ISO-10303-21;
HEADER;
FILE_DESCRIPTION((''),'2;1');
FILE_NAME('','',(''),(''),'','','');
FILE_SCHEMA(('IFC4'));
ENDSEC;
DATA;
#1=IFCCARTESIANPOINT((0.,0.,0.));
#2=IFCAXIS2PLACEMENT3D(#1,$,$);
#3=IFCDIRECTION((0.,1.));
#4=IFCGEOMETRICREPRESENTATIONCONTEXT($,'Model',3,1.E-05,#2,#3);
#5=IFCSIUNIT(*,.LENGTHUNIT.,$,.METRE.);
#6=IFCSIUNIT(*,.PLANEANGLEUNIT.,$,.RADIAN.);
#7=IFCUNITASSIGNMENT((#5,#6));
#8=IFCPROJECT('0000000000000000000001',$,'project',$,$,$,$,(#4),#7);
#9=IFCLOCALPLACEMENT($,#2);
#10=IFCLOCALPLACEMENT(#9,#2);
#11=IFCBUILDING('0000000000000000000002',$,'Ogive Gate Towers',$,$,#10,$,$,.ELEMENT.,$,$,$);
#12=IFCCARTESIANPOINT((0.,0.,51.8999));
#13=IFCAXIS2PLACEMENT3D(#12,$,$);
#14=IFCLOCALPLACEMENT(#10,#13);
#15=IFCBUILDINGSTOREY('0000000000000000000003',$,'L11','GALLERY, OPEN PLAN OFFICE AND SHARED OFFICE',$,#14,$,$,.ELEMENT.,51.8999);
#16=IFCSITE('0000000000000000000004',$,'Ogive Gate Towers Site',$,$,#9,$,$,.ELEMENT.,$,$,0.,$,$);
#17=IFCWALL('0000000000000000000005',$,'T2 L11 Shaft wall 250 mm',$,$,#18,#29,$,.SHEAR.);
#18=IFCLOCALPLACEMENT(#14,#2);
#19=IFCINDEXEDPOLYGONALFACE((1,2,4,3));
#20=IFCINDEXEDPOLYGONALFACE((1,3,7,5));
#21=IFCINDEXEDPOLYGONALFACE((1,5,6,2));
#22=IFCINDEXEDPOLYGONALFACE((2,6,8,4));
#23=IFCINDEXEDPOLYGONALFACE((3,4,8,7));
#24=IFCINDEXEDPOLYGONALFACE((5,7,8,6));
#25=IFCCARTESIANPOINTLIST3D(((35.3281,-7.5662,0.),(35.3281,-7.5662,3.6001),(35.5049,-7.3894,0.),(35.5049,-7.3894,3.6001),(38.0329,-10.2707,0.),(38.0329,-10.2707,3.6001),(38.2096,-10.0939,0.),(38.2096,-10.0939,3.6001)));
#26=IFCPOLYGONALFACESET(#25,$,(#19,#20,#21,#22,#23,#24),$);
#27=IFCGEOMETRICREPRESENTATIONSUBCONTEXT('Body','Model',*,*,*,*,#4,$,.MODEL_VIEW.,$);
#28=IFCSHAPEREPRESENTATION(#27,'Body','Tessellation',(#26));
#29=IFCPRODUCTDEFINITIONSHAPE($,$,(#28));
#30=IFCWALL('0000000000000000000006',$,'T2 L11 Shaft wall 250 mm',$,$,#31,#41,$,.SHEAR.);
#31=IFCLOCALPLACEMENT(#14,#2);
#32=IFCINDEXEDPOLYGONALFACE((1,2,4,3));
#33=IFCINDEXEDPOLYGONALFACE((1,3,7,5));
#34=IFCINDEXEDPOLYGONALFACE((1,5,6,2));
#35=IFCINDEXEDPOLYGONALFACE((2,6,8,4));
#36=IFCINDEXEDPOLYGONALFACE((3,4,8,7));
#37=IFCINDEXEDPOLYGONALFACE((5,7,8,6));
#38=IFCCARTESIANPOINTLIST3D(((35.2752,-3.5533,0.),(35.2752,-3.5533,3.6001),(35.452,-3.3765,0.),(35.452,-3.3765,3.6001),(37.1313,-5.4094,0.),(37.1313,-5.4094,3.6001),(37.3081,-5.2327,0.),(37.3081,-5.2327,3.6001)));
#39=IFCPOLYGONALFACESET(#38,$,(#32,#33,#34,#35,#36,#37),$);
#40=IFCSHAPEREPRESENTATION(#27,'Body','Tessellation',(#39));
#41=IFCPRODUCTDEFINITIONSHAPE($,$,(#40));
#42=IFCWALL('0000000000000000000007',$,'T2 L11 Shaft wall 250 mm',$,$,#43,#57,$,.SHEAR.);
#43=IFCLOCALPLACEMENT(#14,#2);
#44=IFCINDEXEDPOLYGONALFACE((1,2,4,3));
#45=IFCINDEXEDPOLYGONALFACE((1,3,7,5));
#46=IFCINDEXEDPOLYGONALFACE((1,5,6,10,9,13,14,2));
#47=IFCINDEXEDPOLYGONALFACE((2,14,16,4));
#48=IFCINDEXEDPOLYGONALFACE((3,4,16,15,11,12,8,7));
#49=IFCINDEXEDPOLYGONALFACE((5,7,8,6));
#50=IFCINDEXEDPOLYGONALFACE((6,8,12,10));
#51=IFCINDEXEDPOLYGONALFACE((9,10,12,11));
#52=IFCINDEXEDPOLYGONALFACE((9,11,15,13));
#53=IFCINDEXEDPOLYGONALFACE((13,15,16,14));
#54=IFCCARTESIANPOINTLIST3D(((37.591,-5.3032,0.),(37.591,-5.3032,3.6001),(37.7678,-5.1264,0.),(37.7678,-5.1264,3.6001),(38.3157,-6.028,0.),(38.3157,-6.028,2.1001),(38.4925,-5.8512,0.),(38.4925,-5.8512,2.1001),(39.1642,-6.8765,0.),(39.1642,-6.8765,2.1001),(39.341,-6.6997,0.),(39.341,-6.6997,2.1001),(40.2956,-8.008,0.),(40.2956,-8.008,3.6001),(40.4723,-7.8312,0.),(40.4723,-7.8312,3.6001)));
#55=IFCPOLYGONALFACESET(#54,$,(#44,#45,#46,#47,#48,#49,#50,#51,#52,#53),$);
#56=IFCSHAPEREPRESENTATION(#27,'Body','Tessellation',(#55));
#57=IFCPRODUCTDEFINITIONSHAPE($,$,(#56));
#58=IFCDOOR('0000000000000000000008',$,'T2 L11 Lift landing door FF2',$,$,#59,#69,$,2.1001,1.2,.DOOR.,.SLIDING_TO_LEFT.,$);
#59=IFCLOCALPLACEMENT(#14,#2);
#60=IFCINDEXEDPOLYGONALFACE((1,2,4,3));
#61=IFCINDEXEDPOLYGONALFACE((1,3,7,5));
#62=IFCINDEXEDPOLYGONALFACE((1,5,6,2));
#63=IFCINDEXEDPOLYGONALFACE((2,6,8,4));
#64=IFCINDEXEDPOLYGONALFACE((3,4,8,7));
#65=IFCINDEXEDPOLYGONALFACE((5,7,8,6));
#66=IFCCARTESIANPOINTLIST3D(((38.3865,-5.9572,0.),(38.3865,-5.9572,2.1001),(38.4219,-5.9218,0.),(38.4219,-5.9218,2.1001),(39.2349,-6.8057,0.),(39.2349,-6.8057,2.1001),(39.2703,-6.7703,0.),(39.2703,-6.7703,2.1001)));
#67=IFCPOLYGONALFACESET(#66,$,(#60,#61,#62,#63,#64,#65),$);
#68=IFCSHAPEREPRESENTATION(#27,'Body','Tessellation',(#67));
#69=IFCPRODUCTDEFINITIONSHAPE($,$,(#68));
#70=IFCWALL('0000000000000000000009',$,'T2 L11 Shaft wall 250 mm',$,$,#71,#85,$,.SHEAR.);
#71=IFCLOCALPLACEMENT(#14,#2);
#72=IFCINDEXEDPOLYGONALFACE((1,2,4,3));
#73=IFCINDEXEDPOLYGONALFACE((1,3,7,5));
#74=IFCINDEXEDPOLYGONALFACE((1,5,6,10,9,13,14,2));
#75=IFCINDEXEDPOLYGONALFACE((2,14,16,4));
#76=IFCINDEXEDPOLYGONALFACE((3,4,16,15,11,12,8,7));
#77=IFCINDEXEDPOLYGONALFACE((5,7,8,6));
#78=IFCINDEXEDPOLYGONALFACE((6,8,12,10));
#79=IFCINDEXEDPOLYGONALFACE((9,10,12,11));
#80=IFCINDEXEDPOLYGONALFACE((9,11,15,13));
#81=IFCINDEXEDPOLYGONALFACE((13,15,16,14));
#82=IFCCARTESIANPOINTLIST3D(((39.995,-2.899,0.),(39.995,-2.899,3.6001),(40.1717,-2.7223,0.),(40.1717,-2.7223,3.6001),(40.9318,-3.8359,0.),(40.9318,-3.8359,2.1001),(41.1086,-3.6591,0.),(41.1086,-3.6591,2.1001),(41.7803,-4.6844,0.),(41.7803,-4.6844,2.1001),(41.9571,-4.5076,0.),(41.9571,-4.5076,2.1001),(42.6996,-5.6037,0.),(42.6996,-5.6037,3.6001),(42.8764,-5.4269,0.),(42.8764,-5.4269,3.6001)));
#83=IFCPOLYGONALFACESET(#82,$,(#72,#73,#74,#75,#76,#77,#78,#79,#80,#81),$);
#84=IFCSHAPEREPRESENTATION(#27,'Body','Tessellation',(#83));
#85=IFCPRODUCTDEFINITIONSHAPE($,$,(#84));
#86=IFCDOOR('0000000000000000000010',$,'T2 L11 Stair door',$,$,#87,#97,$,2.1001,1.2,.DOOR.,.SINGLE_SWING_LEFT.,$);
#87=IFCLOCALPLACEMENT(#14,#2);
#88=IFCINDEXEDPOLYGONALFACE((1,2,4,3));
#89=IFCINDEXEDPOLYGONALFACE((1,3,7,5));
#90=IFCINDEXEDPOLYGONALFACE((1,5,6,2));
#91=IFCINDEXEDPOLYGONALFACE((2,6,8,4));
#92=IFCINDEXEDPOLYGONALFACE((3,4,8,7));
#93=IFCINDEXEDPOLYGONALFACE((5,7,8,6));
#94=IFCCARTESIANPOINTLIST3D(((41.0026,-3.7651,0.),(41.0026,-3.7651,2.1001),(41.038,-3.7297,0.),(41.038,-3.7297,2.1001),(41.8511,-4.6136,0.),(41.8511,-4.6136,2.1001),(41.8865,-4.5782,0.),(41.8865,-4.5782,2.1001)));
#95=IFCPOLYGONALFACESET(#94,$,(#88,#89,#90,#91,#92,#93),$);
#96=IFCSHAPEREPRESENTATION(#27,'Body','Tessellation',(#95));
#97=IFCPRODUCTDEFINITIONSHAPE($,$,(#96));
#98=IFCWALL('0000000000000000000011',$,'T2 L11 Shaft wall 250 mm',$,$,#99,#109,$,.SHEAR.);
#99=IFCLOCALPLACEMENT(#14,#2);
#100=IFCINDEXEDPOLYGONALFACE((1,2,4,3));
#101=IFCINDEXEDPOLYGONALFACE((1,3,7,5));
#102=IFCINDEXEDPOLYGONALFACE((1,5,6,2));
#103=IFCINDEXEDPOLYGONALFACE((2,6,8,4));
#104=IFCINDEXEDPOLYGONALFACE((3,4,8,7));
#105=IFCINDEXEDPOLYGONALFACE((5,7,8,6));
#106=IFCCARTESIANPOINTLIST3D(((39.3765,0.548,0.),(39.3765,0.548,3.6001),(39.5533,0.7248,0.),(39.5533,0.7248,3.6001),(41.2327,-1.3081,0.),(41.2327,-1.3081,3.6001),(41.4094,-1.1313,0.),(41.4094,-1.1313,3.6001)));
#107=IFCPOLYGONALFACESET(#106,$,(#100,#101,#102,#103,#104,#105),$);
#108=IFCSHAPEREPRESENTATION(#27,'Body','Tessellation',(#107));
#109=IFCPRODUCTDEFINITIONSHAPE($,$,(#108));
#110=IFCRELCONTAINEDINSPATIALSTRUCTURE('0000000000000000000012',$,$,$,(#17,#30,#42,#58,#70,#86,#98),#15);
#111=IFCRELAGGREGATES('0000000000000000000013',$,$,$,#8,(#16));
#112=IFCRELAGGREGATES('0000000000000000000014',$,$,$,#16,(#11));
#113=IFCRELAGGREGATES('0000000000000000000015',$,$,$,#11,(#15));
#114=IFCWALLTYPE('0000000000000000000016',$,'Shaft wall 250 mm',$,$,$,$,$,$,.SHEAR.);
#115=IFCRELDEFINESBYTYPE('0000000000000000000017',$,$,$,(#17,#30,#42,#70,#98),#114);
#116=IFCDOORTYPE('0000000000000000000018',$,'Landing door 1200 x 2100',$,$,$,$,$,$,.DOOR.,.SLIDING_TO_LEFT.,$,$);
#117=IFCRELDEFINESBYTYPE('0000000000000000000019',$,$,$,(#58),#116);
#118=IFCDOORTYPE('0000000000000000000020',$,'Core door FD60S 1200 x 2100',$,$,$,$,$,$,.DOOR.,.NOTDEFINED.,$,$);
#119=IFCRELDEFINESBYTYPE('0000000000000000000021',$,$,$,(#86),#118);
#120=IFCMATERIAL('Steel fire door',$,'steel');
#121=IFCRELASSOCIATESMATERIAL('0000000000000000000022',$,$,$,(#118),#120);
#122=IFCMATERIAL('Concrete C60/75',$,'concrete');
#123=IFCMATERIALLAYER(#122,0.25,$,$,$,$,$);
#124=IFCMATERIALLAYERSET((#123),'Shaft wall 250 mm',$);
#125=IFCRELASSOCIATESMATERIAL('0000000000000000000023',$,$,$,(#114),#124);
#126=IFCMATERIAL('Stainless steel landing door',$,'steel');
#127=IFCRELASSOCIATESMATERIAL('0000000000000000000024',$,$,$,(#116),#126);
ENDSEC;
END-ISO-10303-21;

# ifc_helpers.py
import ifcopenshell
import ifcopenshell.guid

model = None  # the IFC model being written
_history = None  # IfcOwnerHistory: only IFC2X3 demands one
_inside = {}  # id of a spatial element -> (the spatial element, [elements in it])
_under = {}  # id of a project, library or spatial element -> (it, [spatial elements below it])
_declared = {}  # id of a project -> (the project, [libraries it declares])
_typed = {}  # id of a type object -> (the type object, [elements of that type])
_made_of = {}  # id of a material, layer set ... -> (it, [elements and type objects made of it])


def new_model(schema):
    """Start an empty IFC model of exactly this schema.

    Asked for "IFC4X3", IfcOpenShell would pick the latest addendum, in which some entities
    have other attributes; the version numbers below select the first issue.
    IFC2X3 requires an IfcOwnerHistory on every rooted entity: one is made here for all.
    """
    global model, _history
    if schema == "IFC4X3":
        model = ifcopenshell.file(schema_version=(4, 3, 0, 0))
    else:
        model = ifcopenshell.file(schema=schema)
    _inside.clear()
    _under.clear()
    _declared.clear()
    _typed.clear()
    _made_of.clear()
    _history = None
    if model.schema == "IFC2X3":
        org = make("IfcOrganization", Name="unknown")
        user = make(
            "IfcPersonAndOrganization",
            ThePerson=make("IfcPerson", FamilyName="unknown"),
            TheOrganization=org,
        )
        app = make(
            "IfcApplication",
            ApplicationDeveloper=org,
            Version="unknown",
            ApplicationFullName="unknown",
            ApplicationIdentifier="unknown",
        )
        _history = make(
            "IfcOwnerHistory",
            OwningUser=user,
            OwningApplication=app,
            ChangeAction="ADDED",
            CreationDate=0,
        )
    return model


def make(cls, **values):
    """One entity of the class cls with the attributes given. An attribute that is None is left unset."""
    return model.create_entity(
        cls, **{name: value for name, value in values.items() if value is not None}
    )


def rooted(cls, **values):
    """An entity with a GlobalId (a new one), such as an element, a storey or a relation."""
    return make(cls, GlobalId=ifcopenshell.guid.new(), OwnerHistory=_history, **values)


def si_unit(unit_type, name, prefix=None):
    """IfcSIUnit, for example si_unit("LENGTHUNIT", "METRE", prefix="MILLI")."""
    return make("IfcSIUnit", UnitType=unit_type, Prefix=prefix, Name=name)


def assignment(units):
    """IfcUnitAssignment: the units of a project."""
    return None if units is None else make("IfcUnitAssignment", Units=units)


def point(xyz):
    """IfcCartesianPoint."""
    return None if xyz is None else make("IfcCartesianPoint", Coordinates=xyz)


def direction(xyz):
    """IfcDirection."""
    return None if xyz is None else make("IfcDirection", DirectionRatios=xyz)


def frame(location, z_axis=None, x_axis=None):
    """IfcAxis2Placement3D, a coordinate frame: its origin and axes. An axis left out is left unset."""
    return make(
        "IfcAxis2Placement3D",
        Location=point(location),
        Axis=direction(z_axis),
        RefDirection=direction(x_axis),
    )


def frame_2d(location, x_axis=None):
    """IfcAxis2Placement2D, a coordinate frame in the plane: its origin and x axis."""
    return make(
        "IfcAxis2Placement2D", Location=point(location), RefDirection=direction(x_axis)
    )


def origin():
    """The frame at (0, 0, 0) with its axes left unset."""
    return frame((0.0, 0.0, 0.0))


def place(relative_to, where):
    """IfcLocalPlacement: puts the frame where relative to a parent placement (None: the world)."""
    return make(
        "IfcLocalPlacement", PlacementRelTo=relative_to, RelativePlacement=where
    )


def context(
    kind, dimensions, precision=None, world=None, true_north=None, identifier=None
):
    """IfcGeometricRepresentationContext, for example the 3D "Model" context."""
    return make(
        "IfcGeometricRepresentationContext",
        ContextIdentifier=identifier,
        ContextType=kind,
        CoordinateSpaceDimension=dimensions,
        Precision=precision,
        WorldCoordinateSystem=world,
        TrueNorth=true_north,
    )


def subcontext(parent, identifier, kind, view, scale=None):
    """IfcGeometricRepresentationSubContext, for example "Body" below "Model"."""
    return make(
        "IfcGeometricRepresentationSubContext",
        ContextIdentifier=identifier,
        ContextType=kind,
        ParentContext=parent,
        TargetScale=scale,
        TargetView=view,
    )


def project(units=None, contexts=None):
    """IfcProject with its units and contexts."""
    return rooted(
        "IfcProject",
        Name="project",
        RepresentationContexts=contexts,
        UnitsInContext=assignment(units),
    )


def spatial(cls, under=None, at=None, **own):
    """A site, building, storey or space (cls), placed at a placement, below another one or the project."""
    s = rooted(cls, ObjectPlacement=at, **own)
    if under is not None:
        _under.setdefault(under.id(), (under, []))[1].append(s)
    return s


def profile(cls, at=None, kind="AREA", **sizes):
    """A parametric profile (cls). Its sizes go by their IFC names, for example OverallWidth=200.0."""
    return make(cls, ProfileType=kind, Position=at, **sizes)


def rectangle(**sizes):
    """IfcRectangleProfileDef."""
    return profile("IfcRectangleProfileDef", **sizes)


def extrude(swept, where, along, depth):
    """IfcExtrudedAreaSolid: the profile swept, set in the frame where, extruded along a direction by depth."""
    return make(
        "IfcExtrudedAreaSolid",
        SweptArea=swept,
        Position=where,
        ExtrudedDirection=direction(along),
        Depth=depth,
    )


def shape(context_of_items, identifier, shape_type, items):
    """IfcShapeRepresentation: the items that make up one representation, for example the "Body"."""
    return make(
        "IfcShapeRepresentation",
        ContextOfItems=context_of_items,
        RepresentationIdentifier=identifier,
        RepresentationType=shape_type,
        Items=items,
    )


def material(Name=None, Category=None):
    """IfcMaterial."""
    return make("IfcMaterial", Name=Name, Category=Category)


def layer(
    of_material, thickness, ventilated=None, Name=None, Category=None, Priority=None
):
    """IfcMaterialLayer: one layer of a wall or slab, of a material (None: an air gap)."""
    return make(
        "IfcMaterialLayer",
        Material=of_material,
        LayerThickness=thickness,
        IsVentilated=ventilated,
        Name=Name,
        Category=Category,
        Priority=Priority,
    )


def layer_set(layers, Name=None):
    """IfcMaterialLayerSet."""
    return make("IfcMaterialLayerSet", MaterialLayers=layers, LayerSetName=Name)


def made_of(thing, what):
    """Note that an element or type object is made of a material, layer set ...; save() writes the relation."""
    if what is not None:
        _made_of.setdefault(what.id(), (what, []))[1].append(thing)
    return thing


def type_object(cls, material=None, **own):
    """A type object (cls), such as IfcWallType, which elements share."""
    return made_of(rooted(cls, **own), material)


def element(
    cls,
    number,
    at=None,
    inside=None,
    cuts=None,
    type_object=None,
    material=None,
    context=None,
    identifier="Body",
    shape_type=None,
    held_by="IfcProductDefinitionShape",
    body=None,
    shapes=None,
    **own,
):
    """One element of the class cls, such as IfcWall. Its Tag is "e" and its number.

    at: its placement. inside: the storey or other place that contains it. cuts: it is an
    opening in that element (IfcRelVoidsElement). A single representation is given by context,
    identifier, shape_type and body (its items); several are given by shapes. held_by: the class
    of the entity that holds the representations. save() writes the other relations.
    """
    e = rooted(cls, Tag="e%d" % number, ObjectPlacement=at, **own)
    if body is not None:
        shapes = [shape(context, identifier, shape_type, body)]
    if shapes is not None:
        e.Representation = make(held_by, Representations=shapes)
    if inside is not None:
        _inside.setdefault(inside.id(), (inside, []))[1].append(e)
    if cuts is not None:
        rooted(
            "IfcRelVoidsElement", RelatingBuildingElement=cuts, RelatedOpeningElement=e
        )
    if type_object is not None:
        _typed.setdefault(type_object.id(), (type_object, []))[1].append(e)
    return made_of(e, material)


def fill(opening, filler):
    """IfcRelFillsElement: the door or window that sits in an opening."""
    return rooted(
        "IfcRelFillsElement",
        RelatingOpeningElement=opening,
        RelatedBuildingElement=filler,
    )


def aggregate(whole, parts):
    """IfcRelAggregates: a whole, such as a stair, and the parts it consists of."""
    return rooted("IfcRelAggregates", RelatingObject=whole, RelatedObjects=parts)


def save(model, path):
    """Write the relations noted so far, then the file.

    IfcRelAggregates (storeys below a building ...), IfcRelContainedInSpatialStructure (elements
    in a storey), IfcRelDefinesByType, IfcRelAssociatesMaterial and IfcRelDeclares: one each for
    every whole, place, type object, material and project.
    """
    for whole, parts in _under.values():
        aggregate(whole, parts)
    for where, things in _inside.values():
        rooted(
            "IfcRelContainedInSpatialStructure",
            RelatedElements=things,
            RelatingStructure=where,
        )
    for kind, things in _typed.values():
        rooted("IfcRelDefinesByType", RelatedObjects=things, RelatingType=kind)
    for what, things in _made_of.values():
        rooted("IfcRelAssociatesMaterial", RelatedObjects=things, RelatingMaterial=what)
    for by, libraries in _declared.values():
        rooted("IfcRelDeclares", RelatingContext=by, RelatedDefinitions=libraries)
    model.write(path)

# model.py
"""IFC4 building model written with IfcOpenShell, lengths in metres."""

from ifc_helpers import new_model, si_unit, direction, frame, frame_2d, origin, place, context, subcontext, project, spatial, rectangle, extrude, material, layer, layer_set, type_object, element, fill, save


model = new_model("IFC4")

# Units and contexts
model_context = context("Model", 3, precision=1e-05, world=origin(), true_north=direction((0.0, 1.0)))
body_context = subcontext(model_context, "Body", "Model", "MODEL_VIEW")
ifc_project = project(units=[si_unit("LENGTHUNIT", "METRE"), si_unit("PLANEANGLEUNIT", "RADIAN")], contexts=[model_context])

# Site, building, storey
site_placement = place(None, origin())
site = spatial("IfcSite", under=ifc_project, at=site_placement, Name="Ogive Gate Towers Site", CompositionType="ELEMENT", RefElevation=0.0)
building_placement = place(site_placement, origin())
building = spatial("IfcBuilding", under=site, at=building_placement, Name="Ogive Gate Towers", CompositionType="ELEMENT")
storey_placement = place(building_placement, frame((0.0, 0.0, 51.8999)))
storey = spatial("IfcBuildingStorey", under=building, at=storey_placement, Name="L11", Description="GALLERY, OPEN PLAN OFFICE AND SHARED OFFICE", CompositionType="ELEMENT", Elevation=51.8999)

# Shared definitions
ifc_material_1 = material(Name="Concrete C60/75", Category="concrete")
ifc_material_2 = material(Name="Steel fire door", Category="steel")
door_type_1 = type_object("IfcDoorType", Name="Core door FD60S 1200 x 2100", OperationType="NOTDEFINED", PredefinedType="DOOR", material=ifc_material_2)

# Walls
ifc_layer_1 = layer(ifc_material_1, 0.25)
ifc_layer_set_1 = layer_set([ifc_layer_1], Name="Shaft wall 250 mm")
wall_type_1 = type_object("IfcWallType", Name="Shaft wall 250 mm", PredefinedType="SHEAR", material=ifc_layer_set_1)
wall_1_placement = place(storey_placement, frame((38.1213, -10.1824, 0.0), z_axis=(0.0, 0.0, 1.0), x_axis=(-0.707139, 0.707075, 0.0)))
element("IfcWall", 1, at=wall_1_placement, inside=storey, type_object=wall_type_1, Name="T2 L11 Shaft wall 250 mm", PredefinedType="SHEAR", context=body_context, shape_type="SweptSolid", body=[
    extrude(rectangle(XDim=3.825, YDim=0.25, at=frame_2d((1.9126, 0.0))), origin(), (0.0, 0.0, 1.0), 3.6001),
])
wall_2_placement = place(storey_placement, frame((37.2197, -5.321, 0.0), z_axis=(0.0, 0.0, 1.0), x_axis=(-0.707107, 0.707107, 0.0)))
element("IfcWall", 2, at=wall_2_placement, inside=storey, type_object=wall_type_1, Name="T2 L11 Shaft wall 250 mm", PredefinedType="SHEAR", context=body_context, shape_type="SweptSolid", body=[
    extrude(rectangle(XDim=2.625, YDim=0.25, at=frame_2d((1.3125, 0.0))), origin(), (0.0, 0.0, 1.0), 3.6001),
])

# Walls, openings, doors
wall_3_placement = place(storey_placement, frame((40.384, -7.9197, 0.0), z_axis=(0.0, 0.0, 1.0), x_axis=(-0.707075, 0.707139, 0.0)))
wall_3 = element("IfcWall", 3, at=wall_3_placement, inside=storey, type_object=wall_type_1, Name="T2 L11 Shaft wall 250 mm", PredefinedType="SHEAR", context=body_context, shape_type="SweptSolid", body=[
    extrude(rectangle(XDim=3.825, YDim=0.25, at=frame_2d((1.9126, 0.0))), origin(), (0.0, 0.0, 1.0), 3.6001),
])
opening_1_placement = place(wall_3_placement, frame((1.6001, 0.0, 0.0)))
opening_1 = element("IfcOpeningElement", 4, at=opening_1_placement, cuts=wall_3, PredefinedType="OPENING", context=body_context, shape_type="SweptSolid", body=[
    extrude(rectangle(XDim=1.2, YDim=2.1001, at=frame_2d((0.6001, 1.05))), frame((0.0, 0.135, 0.0), z_axis=(0.0, -1.0, 0.0), x_axis=(1.0, 0.0, 0.0)), (0.0, 0.0, 1.0), 0.27),
])
ifc_material_3 = material(Name="Stainless steel landing door", Category="steel")
door_type_2 = type_object("IfcDoorType", Name="Landing door 1200 x 2100", OperationType="SLIDING_TO_LEFT", PredefinedType="DOOR", material=ifc_material_3)
door_1_placement = place(opening_1_placement, origin())
door_1 = element("IfcDoor", 5, at=door_1_placement, inside=storey, type_object=door_type_2, Name="T2 L11 Lift landing door FF2", OperationType="SLIDING_TO_LEFT", OverallHeight=2.1001, OverallWidth=1.2, PredefinedType="DOOR", context=body_context, shape_type="SweptSolid", body=[
    extrude(rectangle(XDim=1.2, YDim=2.1001, at=frame_2d((0.6001, 1.05))), frame((0.0, 0.0249, 0.0), z_axis=(0.0, -1.0, 0.0), x_axis=(1.0, 0.0, 0.0)), (0.0, 0.0, 1.0), 0.05),
])
fill(opening_1, door_1)
wall_4_placement = place(storey_placement, frame((42.7881, -5.5154, 0.0), z_axis=(0.0, 0.0, 1.0), x_axis=(-0.707107, 0.707107, 0.0)))
wall_4 = element("IfcWall", 6, at=wall_4_placement, inside=storey, type_object=wall_type_1, Name="T2 L11 Shaft wall 250 mm", PredefinedType="SHEAR", context=body_context, shape_type="SweptSolid", body=[
    extrude(rectangle(XDim=3.825, YDim=0.25, at=frame_2d((1.9126, 0.0))), origin(), (0.0, 0.0, 1.0), 3.6001),
])
opening_2_placement = place(wall_4_placement, frame((1.3, 0.0, 0.0)))
opening_2 = element("IfcOpeningElement", 7, at=opening_2_placement, cuts=wall_4, PredefinedType="OPENING", context=body_context, shape_type="SweptSolid", body=[
    extrude(rectangle(XDim=1.2, YDim=2.1001, at=frame_2d((0.6001, 1.05))), frame((0.0, 0.135, 0.0), z_axis=(0.0, -1.0, 0.0), x_axis=(1.0, 0.0, 0.0)), (0.0, 0.0, 1.0), 0.27),
])
door_2_placement = place(opening_2_placement, origin())
door_2 = element("IfcDoor", 8, at=door_2_placement, inside=storey, type_object=door_type_1, Name="T2 L11 Stair door", OperationType="SINGLE_SWING_LEFT", OverallHeight=2.1001, OverallWidth=1.2, PredefinedType="DOOR", context=body_context, shape_type="SweptSolid", body=[
    extrude(rectangle(XDim=1.2, YDim=2.1001, at=frame_2d((0.6001, 1.05))), frame((0.0, 0.0249, 0.0), z_axis=(0.0, -1.0, 0.0), x_axis=(1.0, 0.0, 0.0)), (0.0, 0.0, 1.0), 0.05),
])
fill(opening_2, door_2)

# Wall
wall_5_placement = place(storey_placement, frame((41.321, -1.2197, 0.0), z_axis=(0.0, 0.0, 1.0), x_axis=(-0.707107, 0.707107, 0.0)))
element("IfcWall", 9, at=wall_5_placement, inside=storey, type_object=wall_type_1, Name="T2 L11 Shaft wall 250 mm", PredefinedType="SHEAR", context=body_context, shape_type="SweptSolid", body=[
    extrude(rectangle(XDim=2.625, YDim=0.25, at=frame_2d((1.3125, 0.0))), origin(), (0.0, 0.0, 1.0), 3.6001),
])

save(model, "model.ifc")
